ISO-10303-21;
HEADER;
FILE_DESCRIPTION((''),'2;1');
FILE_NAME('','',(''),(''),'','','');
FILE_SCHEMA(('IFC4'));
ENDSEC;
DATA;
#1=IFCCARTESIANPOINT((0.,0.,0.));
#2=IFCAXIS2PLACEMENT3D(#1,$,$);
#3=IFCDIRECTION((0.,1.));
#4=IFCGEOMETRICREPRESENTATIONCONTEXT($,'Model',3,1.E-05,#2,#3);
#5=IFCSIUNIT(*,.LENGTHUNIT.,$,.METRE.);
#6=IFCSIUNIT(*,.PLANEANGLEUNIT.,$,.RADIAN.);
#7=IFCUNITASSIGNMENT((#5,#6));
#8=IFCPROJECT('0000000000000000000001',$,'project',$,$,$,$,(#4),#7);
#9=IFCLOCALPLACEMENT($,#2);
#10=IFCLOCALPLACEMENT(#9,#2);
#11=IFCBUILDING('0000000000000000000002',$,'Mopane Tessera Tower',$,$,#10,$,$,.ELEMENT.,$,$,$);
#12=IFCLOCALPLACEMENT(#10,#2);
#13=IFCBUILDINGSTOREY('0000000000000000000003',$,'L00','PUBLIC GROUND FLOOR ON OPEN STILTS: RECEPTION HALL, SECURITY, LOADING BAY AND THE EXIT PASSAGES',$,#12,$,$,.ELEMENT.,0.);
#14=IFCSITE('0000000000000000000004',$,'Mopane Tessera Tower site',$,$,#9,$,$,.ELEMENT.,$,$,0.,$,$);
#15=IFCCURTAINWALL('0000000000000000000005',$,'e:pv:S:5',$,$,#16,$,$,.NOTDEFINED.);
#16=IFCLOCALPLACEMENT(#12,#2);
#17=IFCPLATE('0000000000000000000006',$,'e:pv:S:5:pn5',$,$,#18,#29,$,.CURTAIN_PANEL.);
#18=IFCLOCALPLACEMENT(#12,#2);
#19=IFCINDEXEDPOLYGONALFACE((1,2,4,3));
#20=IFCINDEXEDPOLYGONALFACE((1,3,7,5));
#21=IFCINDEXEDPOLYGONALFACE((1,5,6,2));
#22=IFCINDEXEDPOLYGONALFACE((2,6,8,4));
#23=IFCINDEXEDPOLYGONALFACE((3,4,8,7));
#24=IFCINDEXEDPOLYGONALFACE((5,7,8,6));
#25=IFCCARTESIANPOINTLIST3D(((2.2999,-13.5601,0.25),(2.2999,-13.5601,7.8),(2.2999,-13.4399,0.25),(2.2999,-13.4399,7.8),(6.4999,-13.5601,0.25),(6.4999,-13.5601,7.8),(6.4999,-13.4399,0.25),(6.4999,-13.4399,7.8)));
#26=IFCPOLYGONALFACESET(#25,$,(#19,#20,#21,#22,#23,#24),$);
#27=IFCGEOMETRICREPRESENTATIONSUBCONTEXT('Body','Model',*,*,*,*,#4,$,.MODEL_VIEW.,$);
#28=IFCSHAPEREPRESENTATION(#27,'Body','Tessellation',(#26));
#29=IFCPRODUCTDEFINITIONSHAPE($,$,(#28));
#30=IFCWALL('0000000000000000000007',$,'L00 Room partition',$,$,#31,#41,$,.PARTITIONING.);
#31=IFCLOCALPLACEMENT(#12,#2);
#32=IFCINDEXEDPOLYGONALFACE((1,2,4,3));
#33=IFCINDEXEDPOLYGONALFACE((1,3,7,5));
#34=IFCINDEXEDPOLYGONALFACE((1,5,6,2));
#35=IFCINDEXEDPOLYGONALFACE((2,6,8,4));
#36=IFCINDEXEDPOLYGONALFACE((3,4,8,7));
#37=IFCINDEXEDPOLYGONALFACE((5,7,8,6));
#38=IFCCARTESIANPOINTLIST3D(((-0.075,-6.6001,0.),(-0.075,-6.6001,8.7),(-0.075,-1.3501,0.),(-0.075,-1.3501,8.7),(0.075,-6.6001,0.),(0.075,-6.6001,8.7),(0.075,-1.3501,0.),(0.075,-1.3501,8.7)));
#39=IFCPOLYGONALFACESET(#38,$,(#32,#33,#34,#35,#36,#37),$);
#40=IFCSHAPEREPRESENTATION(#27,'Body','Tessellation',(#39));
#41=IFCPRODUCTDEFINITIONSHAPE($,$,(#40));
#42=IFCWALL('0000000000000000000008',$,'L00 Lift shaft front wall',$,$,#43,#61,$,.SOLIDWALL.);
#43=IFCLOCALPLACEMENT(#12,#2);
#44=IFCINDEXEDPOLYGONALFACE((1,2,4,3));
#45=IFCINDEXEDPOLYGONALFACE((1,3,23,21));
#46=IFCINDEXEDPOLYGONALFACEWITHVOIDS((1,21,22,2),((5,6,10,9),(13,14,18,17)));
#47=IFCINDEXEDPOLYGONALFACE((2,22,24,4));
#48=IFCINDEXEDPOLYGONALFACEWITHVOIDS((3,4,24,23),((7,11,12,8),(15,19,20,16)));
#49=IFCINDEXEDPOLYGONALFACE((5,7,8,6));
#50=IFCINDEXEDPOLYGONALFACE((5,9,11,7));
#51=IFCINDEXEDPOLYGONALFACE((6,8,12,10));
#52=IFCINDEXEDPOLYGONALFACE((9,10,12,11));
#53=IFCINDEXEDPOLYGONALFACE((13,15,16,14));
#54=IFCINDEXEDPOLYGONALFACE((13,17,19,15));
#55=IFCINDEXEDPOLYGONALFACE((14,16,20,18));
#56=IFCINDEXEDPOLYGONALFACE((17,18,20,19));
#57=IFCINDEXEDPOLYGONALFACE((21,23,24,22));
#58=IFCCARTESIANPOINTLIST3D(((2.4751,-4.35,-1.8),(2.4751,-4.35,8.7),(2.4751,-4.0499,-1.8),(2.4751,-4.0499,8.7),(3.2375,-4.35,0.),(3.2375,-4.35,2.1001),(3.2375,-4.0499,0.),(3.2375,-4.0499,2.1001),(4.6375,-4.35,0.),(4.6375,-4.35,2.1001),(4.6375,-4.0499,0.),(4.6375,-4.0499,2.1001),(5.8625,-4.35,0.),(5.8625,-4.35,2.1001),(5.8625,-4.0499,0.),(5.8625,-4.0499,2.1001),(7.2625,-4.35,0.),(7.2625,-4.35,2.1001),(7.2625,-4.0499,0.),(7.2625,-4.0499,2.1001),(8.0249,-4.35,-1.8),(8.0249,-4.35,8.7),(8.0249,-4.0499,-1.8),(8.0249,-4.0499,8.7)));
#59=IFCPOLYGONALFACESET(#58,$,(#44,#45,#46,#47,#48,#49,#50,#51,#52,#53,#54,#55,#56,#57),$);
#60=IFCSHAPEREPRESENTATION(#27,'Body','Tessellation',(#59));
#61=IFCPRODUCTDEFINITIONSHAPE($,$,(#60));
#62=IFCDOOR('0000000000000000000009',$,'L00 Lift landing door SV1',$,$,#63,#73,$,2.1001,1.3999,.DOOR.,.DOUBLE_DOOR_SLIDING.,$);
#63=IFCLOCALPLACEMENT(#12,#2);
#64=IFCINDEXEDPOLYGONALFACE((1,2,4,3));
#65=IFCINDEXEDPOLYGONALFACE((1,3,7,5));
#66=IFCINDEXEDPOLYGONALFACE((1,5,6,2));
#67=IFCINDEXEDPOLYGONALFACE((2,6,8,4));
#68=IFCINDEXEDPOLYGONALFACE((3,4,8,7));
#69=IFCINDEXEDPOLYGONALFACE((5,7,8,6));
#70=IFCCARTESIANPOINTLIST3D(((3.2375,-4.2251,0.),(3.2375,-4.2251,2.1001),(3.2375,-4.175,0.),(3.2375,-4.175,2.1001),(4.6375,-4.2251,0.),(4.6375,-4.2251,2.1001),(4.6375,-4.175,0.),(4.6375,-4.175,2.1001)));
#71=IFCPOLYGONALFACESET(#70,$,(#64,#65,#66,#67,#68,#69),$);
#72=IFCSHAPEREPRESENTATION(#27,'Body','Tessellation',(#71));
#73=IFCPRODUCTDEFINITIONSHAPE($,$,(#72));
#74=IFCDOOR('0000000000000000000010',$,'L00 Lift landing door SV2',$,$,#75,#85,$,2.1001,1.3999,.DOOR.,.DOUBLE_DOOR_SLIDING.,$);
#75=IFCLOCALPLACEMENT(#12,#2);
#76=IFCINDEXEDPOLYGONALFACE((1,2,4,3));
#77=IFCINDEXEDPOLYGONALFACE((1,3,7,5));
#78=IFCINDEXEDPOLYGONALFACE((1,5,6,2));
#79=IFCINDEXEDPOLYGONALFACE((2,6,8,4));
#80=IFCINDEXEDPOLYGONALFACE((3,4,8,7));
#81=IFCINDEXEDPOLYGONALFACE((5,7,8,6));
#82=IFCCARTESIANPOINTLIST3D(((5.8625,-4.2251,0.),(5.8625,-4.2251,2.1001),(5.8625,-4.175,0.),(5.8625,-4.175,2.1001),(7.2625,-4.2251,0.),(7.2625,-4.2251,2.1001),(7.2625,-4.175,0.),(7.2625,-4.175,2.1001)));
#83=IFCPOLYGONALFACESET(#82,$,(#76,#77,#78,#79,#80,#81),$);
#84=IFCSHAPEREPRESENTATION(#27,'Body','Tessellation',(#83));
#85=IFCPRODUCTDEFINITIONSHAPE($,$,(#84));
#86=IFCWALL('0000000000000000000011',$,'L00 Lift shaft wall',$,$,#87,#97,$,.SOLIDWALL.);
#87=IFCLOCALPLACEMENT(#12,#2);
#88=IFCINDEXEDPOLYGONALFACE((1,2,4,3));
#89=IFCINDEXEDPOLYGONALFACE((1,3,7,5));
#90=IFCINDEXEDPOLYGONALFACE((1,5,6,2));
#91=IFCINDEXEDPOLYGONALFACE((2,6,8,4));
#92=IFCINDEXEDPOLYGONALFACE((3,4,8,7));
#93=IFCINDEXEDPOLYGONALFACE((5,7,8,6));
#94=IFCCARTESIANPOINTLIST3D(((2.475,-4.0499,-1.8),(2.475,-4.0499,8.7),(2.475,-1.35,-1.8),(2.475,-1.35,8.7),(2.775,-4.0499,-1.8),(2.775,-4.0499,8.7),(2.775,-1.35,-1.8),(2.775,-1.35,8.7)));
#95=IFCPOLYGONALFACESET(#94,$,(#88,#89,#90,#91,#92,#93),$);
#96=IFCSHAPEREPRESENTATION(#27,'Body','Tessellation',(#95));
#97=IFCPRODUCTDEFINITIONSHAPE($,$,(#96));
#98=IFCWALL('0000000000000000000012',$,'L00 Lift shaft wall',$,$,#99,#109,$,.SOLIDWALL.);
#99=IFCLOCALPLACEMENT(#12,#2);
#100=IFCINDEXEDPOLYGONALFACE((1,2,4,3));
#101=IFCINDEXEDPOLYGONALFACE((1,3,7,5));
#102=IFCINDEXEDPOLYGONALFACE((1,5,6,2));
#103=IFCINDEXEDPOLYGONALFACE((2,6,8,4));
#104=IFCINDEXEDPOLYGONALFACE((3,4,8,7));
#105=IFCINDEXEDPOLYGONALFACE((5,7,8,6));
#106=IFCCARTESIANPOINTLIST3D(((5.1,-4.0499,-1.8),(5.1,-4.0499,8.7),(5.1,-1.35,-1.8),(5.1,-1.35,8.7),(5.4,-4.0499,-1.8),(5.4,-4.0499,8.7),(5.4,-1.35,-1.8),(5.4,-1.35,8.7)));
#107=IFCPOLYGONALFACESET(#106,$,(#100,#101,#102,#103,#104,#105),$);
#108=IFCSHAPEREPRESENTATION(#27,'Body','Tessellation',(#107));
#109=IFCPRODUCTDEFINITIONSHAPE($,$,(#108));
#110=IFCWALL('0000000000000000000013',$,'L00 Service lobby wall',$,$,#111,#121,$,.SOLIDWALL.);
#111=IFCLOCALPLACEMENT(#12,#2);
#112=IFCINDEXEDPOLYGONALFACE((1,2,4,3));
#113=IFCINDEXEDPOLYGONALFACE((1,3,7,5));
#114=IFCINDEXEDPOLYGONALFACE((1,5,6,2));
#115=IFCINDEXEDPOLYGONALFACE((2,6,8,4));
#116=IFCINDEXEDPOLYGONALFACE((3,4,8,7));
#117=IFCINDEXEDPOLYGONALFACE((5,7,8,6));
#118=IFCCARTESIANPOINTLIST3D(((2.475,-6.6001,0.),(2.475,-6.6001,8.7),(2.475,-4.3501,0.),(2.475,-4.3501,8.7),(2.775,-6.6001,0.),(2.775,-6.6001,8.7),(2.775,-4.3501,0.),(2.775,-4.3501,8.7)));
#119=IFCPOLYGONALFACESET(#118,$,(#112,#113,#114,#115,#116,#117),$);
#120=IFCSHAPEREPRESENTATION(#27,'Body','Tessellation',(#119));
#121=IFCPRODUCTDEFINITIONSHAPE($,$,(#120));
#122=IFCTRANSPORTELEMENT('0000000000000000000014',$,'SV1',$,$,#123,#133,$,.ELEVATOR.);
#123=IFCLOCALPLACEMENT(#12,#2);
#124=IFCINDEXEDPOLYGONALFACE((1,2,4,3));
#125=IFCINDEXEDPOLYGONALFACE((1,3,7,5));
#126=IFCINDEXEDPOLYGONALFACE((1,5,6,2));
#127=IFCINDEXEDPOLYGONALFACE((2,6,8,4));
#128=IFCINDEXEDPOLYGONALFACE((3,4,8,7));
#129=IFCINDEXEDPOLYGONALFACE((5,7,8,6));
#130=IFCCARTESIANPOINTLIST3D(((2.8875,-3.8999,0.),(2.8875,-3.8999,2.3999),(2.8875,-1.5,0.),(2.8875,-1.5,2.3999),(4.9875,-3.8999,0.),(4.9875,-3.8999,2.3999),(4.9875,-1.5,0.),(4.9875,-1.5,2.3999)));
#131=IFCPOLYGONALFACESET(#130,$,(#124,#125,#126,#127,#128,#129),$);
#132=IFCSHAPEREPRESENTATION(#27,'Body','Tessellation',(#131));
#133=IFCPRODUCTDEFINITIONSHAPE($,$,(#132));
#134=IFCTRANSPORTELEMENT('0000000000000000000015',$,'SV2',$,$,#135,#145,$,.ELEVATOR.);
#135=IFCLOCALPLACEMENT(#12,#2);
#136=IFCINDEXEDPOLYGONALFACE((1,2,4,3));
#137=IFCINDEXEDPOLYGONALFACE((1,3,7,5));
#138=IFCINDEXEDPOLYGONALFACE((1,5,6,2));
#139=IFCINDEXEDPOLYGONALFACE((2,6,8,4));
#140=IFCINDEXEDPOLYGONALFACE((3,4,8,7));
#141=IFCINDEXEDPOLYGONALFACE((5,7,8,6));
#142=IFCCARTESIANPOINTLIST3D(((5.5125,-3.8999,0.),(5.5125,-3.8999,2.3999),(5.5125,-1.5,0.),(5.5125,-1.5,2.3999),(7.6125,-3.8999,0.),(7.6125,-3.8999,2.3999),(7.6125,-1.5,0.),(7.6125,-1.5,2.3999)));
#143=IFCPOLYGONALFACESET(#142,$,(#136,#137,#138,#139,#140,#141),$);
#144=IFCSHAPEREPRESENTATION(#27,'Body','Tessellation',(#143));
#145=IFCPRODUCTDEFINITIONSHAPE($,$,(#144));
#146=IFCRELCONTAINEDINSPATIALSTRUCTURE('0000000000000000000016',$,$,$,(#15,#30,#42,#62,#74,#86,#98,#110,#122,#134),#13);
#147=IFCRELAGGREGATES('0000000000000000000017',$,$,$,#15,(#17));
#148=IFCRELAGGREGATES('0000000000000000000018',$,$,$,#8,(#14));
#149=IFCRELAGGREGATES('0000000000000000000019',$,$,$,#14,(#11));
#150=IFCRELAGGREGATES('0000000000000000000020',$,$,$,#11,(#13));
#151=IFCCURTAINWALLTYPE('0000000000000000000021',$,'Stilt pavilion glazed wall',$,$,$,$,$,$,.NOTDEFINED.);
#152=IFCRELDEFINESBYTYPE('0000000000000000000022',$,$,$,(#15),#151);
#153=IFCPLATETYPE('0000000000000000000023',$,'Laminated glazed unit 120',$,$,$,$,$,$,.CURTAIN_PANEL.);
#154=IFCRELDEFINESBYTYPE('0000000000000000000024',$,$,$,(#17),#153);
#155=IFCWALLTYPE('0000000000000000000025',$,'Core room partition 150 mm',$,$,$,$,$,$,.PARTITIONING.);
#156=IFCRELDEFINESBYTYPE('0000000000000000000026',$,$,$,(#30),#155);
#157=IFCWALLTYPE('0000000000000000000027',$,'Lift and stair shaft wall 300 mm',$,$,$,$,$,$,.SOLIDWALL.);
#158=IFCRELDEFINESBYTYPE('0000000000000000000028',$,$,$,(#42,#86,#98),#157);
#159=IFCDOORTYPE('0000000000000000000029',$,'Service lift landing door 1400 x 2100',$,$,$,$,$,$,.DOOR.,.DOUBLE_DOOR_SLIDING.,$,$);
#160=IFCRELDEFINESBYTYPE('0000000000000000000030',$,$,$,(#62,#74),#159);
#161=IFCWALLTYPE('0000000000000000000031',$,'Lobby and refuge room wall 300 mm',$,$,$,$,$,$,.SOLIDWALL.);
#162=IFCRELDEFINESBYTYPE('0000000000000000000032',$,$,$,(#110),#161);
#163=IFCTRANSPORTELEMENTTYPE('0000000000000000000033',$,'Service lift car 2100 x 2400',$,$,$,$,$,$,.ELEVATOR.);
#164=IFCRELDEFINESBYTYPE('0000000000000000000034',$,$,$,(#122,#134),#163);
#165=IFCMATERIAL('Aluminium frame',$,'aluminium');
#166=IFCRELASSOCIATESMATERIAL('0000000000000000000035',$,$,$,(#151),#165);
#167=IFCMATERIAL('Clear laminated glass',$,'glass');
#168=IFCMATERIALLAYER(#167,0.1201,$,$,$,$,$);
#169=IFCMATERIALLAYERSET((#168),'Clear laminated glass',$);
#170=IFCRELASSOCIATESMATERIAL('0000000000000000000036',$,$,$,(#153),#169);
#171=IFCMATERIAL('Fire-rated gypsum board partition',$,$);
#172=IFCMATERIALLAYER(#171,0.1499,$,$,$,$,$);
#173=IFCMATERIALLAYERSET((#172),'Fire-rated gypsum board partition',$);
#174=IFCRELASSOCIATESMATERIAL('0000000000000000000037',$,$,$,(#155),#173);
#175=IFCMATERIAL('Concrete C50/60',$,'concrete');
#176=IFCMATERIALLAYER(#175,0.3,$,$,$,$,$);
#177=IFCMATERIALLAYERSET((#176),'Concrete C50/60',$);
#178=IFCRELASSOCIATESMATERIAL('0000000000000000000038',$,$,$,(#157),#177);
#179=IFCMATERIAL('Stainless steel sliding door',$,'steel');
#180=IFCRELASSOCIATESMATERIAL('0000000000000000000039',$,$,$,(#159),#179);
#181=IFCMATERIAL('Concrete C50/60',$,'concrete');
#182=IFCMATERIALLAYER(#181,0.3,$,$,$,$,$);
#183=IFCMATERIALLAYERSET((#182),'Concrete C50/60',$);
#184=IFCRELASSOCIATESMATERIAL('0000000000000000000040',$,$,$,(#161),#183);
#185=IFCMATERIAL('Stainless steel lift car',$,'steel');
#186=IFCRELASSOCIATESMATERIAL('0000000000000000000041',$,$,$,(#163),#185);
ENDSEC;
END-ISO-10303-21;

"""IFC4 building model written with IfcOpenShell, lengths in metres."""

from ifc_helpers import new_model, si_unit, direction, frame, frame_2d, origin, origin_2d, place, context, subcontext, project, spatial, rectangle, extrude, material, layer, layer_set, type_object, element, fill, aggregate, save


model = new_model("IFC4")

# Units and contexts
model_context = context("Model", 3, precision=1e-05, world=origin(), true_north=direction((0.0, 1.0)))
body_context = subcontext(model_context, "Body", "Model", "MODEL_VIEW")
ifc_project = project(units=[si_unit("LENGTHUNIT", "METRE"), si_unit("PLANEANGLEUNIT", "RADIAN")], contexts=[model_context])

# Site, building, storey
site_placement = place(None, origin())
site = spatial("IfcSite", under=ifc_project, at=site_placement, Name="Mopane Tessera Tower site", CompositionType="ELEMENT", RefElevation=0.0)
building_placement = place(site_placement, origin())
building = spatial("IfcBuilding", under=site, at=building_placement, Name="Mopane Tessera Tower", CompositionType="ELEMENT")
storey_placement = place(building_placement, origin())
storey = spatial("IfcBuildingStorey", under=building, at=storey_placement, Name="L00", Description="PUBLIC GROUND FLOOR ON OPEN STILTS: RECEPTION HALL, SECURITY, LOADING BAY AND THE EXIT PASSAGES", CompositionType="ELEMENT", Elevation=0.0)

# Curtain wall
ifc_material_1 = material(Name="Aluminium frame", Category="aluminium")
curtain_wall_type = type_object("IfcCurtainWallType", Name="Stilt pavilion glazed wall", PredefinedType="NOTDEFINED", material=ifc_material_1)
curtain_wall_placement = place(storey_placement, origin())
curtain_wall = element("IfcCurtainWall", 1, at=curtain_wall_placement, inside=storey, type_object=curtain_wall_type, Name="e:pv:S:5", PredefinedType="NOTDEFINED")

# Plate
ifc_material_2 = material(Name="Clear laminated glass", Category="glass")
ifc_layer_1 = layer(ifc_material_2, 0.1201)
ifc_layer_set_1 = layer_set([ifc_layer_1], Name="Clear laminated glass")
plate_type = type_object("IfcPlateType", Name="Laminated glazed unit 120", PredefinedType="CURTAIN_PANEL", material=ifc_layer_set_1)
plate_placement = place(storey_placement, frame((4.3999, -13.5, 0.25), z_axis=(0.0, 0.0, 1.0), x_axis=(1.0, 0.0, 0.0)))
plate = element("IfcPlate", 2, at=plate_placement, type_object=plate_type, Name="e:pv:S:5:pn5", PredefinedType="CURTAIN_PANEL", context=body_context, shape_type="SweptSolid", body=[
    extrude(rectangle(XDim=4.2, YDim=0.1201, at=origin_2d()), origin(), (0.0, 0.0, 1.0), 7.55),
])
aggregate(curtain_wall, [plate])

# Wall
ifc_material_3 = material(Name="Fire-rated gypsum board partition")
ifc_layer_2 = layer(ifc_material_3, 0.1499)
ifc_layer_set_2 = layer_set([ifc_layer_2], Name="Fire-rated gypsum board partition")
wall_type_1 = type_object("IfcWallType", Name="Core room partition 150 mm", PredefinedType="PARTITIONING", material=ifc_layer_set_2)
wall_1_placement = place(storey_placement, frame((0.0, -6.6001, 0.0), z_axis=(0.0, 0.0, 1.0), x_axis=(0.0, 1.0, 0.0)))
element("IfcWall", 3, at=wall_1_placement, inside=storey, type_object=wall_type_1, Name="L00 Room partition", PredefinedType="PARTITIONING", context=body_context, shape_type="SweptSolid", body=[
    extrude(rectangle(XDim=5.25, YDim=0.1499, at=frame_2d((2.625, 0.0))), origin(), (0.0, 0.0, 1.0), 8.7),
])

# Wall, openings, doors
ifc_material_4 = material(Name="Concrete C50/60", Category="concrete")
ifc_layer_3 = layer(ifc_material_4, 0.3)
ifc_layer_set_3 = layer_set([ifc_layer_3], Name="Concrete C50/60")
wall_type_2 = type_object("IfcWallType", Name="Lift and stair shaft wall 300 mm", PredefinedType="SOLIDWALL", material=ifc_layer_set_3)
wall_2_placement = place(storey_placement, frame((2.4751, -4.2, -1.8), z_axis=(0.0, 0.0, 1.0), x_axis=(1.0, 0.0, 0.0)))
wall_2 = element("IfcWall", 4, at=wall_2_placement, inside=storey, type_object=wall_type_2, Name="L00 Lift shaft front wall", PredefinedType="SOLIDWALL", context=body_context, shape_type="SweptSolid", body=[
    extrude(rectangle(XDim=5.5498, YDim=0.3, at=frame_2d((2.7749, 0.0))), origin(), (0.0, 0.0, 1.0), 10.5),
])
opening_1_placement = place(wall_2_placement, frame((0.7625, 0.0, 1.8)))
opening_1 = element("IfcOpeningElement", 5, at=opening_1_placement, cuts=wall_2, PredefinedType="OPENING", context=body_context, shape_type="SweptSolid", body=[
    extrude(rectangle(XDim=1.3999, YDim=2.1001, at=frame_2d((0.7, 1.05))), frame((0.0, 0.1621, 0.0), z_axis=(0.0, -1.0, 0.0), x_axis=(1.0, 0.0, 0.0)), (0.0, 0.0, 1.0), 0.324),
])
opening_2_placement = place(wall_2_placement, frame((3.3875, 0.0, 1.8)))
opening_2 = element("IfcOpeningElement", 6, at=opening_2_placement, cuts=wall_2, PredefinedType="OPENING", context=body_context, shape_type="SweptSolid", body=[
    extrude(rectangle(XDim=1.3999, YDim=2.1001, at=frame_2d((0.7, 1.05))), frame((0.0, 0.1621, 0.0), z_axis=(0.0, -1.0, 0.0), x_axis=(1.0, 0.0, 0.0)), (0.0, 0.0, 1.0), 0.324),
])
ifc_material_5 = material(Name="Stainless steel sliding door", Category="steel")
door_type = type_object("IfcDoorType", Name="Service lift landing door 1400 x 2100", OperationType="DOUBLE_DOOR_SLIDING", PredefinedType="DOOR", material=ifc_material_5)
door_1_placement = place(opening_1_placement, origin())
door_1 = element("IfcDoor", 7, at=door_1_placement, inside=storey, type_object=door_type, Name="L00 Lift landing door SV1", OperationType="DOUBLE_DOOR_SLIDING", OverallHeight=2.1001, OverallWidth=1.3999, PredefinedType="DOOR", context=body_context, shape_type="SweptSolid", body=[
    extrude(rectangle(XDim=1.3999, YDim=2.1001, at=frame_2d((0.7, 1.05))), frame((0.0, 0.0249, 0.0), z_axis=(0.0, -1.0, 0.0), x_axis=(1.0, 0.0, 0.0)), (0.0, 0.0, 1.0), 0.05),
])
fill(opening_1, door_1)
door_2_placement = place(opening_2_placement, origin())
door_2 = element("IfcDoor", 8, at=door_2_placement, inside=storey, type_object=door_type, Name="L00 Lift landing door SV2", OperationType="DOUBLE_DOOR_SLIDING", OverallHeight=2.1001, OverallWidth=1.3999, PredefinedType="DOOR", context=body_context, shape_type="SweptSolid", body=[
    extrude(rectangle(XDim=1.3999, YDim=2.1001, at=frame_2d((0.7, 1.05))), frame((0.0, 0.0249, 0.0), z_axis=(0.0, -1.0, 0.0), x_axis=(1.0, 0.0, 0.0)), (0.0, 0.0, 1.0), 0.05),
])
fill(opening_2, door_2)

# Walls
for number, where, z_axis, x_axis, name in (
    (9, (2.625, -4.05, -1.8), (0.0, 0.0, 1.0), (0.0, 1.0, 0.0), "L00 Lift shaft wall"),
    (10, (5.25, -4.05, -1.8), (0.0, 0.0, 1.0), (0.0, 1.0, 0.0), "L00 Lift shaft wall"),
):
    element("IfcWall", number, at=place(storey_placement, frame(where, z_axis=z_axis, x_axis=x_axis)), inside=storey, type_object=wall_type_2, Name=name, PredefinedType="SOLIDWALL", context=body_context, shape_type="SweptSolid", body=[
        extrude(rectangle(XDim=2.7, YDim=0.3, at=frame_2d((1.3501, 0.0))), origin(), (0.0, 0.0, 1.0), 10.5),
    ])
ifc_material_6 = material(Name="Concrete C50/60", Category="concrete")
ifc_layer_4 = layer(ifc_material_6, 0.3)
ifc_layer_set_4 = layer_set([ifc_layer_4], Name="Concrete C50/60")
wall_type_3 = type_object("IfcWallType", Name="Lobby and refuge room wall 300 mm", PredefinedType="SOLIDWALL", material=ifc_layer_set_4)
wall_3_placement = place(storey_placement, frame((2.625, -6.6001, 0.0), z_axis=(0.0, 0.0, 1.0), x_axis=(0.0, 1.0, 0.0)))
element("IfcWall", 11, at=wall_3_placement, inside=storey, type_object=wall_type_3, Name="L00 Service lobby wall", PredefinedType="SOLIDWALL", context=body_context, shape_type="SweptSolid", body=[
    extrude(rectangle(XDim=2.25, YDim=0.3, at=frame_2d((1.125, 0.0))), origin(), (0.0, 0.0, 1.0), 8.7),
])

# Transport elements
ifc_material_7 = material(Name="Stainless steel lift car", Category="steel")
transport_element_type = type_object("IfcTransportElementType", Name="Service lift car 2100 x 2400", PredefinedType="ELEVATOR", material=ifc_material_7)
for number, where, z_axis, x_axis, name in (
    (12, (3.9375, -2.7, 0.0), (0.0, 0.0, 1.0), (1.0, 0.0, 0.0), "SV1"),
    (13, (6.5625, -2.7, 0.0), (0.0, 0.0, 1.0), (1.0, 0.0, 0.0), "SV2"),
):
    element("IfcTransportElement", number, at=place(storey_placement, frame(where, z_axis=z_axis, x_axis=x_axis)), inside=storey, type_object=transport_element_type, Name=name, PredefinedType="ELEVATOR", context=body_context, shape_type="SweptSolid", body=[
        extrude(rectangle(XDim=2.1001, YDim=2.3999, at=origin_2d()), origin(), (0.0, 0.0, 1.0), 2.3999),
    ])

save(model, "model.ifc")
